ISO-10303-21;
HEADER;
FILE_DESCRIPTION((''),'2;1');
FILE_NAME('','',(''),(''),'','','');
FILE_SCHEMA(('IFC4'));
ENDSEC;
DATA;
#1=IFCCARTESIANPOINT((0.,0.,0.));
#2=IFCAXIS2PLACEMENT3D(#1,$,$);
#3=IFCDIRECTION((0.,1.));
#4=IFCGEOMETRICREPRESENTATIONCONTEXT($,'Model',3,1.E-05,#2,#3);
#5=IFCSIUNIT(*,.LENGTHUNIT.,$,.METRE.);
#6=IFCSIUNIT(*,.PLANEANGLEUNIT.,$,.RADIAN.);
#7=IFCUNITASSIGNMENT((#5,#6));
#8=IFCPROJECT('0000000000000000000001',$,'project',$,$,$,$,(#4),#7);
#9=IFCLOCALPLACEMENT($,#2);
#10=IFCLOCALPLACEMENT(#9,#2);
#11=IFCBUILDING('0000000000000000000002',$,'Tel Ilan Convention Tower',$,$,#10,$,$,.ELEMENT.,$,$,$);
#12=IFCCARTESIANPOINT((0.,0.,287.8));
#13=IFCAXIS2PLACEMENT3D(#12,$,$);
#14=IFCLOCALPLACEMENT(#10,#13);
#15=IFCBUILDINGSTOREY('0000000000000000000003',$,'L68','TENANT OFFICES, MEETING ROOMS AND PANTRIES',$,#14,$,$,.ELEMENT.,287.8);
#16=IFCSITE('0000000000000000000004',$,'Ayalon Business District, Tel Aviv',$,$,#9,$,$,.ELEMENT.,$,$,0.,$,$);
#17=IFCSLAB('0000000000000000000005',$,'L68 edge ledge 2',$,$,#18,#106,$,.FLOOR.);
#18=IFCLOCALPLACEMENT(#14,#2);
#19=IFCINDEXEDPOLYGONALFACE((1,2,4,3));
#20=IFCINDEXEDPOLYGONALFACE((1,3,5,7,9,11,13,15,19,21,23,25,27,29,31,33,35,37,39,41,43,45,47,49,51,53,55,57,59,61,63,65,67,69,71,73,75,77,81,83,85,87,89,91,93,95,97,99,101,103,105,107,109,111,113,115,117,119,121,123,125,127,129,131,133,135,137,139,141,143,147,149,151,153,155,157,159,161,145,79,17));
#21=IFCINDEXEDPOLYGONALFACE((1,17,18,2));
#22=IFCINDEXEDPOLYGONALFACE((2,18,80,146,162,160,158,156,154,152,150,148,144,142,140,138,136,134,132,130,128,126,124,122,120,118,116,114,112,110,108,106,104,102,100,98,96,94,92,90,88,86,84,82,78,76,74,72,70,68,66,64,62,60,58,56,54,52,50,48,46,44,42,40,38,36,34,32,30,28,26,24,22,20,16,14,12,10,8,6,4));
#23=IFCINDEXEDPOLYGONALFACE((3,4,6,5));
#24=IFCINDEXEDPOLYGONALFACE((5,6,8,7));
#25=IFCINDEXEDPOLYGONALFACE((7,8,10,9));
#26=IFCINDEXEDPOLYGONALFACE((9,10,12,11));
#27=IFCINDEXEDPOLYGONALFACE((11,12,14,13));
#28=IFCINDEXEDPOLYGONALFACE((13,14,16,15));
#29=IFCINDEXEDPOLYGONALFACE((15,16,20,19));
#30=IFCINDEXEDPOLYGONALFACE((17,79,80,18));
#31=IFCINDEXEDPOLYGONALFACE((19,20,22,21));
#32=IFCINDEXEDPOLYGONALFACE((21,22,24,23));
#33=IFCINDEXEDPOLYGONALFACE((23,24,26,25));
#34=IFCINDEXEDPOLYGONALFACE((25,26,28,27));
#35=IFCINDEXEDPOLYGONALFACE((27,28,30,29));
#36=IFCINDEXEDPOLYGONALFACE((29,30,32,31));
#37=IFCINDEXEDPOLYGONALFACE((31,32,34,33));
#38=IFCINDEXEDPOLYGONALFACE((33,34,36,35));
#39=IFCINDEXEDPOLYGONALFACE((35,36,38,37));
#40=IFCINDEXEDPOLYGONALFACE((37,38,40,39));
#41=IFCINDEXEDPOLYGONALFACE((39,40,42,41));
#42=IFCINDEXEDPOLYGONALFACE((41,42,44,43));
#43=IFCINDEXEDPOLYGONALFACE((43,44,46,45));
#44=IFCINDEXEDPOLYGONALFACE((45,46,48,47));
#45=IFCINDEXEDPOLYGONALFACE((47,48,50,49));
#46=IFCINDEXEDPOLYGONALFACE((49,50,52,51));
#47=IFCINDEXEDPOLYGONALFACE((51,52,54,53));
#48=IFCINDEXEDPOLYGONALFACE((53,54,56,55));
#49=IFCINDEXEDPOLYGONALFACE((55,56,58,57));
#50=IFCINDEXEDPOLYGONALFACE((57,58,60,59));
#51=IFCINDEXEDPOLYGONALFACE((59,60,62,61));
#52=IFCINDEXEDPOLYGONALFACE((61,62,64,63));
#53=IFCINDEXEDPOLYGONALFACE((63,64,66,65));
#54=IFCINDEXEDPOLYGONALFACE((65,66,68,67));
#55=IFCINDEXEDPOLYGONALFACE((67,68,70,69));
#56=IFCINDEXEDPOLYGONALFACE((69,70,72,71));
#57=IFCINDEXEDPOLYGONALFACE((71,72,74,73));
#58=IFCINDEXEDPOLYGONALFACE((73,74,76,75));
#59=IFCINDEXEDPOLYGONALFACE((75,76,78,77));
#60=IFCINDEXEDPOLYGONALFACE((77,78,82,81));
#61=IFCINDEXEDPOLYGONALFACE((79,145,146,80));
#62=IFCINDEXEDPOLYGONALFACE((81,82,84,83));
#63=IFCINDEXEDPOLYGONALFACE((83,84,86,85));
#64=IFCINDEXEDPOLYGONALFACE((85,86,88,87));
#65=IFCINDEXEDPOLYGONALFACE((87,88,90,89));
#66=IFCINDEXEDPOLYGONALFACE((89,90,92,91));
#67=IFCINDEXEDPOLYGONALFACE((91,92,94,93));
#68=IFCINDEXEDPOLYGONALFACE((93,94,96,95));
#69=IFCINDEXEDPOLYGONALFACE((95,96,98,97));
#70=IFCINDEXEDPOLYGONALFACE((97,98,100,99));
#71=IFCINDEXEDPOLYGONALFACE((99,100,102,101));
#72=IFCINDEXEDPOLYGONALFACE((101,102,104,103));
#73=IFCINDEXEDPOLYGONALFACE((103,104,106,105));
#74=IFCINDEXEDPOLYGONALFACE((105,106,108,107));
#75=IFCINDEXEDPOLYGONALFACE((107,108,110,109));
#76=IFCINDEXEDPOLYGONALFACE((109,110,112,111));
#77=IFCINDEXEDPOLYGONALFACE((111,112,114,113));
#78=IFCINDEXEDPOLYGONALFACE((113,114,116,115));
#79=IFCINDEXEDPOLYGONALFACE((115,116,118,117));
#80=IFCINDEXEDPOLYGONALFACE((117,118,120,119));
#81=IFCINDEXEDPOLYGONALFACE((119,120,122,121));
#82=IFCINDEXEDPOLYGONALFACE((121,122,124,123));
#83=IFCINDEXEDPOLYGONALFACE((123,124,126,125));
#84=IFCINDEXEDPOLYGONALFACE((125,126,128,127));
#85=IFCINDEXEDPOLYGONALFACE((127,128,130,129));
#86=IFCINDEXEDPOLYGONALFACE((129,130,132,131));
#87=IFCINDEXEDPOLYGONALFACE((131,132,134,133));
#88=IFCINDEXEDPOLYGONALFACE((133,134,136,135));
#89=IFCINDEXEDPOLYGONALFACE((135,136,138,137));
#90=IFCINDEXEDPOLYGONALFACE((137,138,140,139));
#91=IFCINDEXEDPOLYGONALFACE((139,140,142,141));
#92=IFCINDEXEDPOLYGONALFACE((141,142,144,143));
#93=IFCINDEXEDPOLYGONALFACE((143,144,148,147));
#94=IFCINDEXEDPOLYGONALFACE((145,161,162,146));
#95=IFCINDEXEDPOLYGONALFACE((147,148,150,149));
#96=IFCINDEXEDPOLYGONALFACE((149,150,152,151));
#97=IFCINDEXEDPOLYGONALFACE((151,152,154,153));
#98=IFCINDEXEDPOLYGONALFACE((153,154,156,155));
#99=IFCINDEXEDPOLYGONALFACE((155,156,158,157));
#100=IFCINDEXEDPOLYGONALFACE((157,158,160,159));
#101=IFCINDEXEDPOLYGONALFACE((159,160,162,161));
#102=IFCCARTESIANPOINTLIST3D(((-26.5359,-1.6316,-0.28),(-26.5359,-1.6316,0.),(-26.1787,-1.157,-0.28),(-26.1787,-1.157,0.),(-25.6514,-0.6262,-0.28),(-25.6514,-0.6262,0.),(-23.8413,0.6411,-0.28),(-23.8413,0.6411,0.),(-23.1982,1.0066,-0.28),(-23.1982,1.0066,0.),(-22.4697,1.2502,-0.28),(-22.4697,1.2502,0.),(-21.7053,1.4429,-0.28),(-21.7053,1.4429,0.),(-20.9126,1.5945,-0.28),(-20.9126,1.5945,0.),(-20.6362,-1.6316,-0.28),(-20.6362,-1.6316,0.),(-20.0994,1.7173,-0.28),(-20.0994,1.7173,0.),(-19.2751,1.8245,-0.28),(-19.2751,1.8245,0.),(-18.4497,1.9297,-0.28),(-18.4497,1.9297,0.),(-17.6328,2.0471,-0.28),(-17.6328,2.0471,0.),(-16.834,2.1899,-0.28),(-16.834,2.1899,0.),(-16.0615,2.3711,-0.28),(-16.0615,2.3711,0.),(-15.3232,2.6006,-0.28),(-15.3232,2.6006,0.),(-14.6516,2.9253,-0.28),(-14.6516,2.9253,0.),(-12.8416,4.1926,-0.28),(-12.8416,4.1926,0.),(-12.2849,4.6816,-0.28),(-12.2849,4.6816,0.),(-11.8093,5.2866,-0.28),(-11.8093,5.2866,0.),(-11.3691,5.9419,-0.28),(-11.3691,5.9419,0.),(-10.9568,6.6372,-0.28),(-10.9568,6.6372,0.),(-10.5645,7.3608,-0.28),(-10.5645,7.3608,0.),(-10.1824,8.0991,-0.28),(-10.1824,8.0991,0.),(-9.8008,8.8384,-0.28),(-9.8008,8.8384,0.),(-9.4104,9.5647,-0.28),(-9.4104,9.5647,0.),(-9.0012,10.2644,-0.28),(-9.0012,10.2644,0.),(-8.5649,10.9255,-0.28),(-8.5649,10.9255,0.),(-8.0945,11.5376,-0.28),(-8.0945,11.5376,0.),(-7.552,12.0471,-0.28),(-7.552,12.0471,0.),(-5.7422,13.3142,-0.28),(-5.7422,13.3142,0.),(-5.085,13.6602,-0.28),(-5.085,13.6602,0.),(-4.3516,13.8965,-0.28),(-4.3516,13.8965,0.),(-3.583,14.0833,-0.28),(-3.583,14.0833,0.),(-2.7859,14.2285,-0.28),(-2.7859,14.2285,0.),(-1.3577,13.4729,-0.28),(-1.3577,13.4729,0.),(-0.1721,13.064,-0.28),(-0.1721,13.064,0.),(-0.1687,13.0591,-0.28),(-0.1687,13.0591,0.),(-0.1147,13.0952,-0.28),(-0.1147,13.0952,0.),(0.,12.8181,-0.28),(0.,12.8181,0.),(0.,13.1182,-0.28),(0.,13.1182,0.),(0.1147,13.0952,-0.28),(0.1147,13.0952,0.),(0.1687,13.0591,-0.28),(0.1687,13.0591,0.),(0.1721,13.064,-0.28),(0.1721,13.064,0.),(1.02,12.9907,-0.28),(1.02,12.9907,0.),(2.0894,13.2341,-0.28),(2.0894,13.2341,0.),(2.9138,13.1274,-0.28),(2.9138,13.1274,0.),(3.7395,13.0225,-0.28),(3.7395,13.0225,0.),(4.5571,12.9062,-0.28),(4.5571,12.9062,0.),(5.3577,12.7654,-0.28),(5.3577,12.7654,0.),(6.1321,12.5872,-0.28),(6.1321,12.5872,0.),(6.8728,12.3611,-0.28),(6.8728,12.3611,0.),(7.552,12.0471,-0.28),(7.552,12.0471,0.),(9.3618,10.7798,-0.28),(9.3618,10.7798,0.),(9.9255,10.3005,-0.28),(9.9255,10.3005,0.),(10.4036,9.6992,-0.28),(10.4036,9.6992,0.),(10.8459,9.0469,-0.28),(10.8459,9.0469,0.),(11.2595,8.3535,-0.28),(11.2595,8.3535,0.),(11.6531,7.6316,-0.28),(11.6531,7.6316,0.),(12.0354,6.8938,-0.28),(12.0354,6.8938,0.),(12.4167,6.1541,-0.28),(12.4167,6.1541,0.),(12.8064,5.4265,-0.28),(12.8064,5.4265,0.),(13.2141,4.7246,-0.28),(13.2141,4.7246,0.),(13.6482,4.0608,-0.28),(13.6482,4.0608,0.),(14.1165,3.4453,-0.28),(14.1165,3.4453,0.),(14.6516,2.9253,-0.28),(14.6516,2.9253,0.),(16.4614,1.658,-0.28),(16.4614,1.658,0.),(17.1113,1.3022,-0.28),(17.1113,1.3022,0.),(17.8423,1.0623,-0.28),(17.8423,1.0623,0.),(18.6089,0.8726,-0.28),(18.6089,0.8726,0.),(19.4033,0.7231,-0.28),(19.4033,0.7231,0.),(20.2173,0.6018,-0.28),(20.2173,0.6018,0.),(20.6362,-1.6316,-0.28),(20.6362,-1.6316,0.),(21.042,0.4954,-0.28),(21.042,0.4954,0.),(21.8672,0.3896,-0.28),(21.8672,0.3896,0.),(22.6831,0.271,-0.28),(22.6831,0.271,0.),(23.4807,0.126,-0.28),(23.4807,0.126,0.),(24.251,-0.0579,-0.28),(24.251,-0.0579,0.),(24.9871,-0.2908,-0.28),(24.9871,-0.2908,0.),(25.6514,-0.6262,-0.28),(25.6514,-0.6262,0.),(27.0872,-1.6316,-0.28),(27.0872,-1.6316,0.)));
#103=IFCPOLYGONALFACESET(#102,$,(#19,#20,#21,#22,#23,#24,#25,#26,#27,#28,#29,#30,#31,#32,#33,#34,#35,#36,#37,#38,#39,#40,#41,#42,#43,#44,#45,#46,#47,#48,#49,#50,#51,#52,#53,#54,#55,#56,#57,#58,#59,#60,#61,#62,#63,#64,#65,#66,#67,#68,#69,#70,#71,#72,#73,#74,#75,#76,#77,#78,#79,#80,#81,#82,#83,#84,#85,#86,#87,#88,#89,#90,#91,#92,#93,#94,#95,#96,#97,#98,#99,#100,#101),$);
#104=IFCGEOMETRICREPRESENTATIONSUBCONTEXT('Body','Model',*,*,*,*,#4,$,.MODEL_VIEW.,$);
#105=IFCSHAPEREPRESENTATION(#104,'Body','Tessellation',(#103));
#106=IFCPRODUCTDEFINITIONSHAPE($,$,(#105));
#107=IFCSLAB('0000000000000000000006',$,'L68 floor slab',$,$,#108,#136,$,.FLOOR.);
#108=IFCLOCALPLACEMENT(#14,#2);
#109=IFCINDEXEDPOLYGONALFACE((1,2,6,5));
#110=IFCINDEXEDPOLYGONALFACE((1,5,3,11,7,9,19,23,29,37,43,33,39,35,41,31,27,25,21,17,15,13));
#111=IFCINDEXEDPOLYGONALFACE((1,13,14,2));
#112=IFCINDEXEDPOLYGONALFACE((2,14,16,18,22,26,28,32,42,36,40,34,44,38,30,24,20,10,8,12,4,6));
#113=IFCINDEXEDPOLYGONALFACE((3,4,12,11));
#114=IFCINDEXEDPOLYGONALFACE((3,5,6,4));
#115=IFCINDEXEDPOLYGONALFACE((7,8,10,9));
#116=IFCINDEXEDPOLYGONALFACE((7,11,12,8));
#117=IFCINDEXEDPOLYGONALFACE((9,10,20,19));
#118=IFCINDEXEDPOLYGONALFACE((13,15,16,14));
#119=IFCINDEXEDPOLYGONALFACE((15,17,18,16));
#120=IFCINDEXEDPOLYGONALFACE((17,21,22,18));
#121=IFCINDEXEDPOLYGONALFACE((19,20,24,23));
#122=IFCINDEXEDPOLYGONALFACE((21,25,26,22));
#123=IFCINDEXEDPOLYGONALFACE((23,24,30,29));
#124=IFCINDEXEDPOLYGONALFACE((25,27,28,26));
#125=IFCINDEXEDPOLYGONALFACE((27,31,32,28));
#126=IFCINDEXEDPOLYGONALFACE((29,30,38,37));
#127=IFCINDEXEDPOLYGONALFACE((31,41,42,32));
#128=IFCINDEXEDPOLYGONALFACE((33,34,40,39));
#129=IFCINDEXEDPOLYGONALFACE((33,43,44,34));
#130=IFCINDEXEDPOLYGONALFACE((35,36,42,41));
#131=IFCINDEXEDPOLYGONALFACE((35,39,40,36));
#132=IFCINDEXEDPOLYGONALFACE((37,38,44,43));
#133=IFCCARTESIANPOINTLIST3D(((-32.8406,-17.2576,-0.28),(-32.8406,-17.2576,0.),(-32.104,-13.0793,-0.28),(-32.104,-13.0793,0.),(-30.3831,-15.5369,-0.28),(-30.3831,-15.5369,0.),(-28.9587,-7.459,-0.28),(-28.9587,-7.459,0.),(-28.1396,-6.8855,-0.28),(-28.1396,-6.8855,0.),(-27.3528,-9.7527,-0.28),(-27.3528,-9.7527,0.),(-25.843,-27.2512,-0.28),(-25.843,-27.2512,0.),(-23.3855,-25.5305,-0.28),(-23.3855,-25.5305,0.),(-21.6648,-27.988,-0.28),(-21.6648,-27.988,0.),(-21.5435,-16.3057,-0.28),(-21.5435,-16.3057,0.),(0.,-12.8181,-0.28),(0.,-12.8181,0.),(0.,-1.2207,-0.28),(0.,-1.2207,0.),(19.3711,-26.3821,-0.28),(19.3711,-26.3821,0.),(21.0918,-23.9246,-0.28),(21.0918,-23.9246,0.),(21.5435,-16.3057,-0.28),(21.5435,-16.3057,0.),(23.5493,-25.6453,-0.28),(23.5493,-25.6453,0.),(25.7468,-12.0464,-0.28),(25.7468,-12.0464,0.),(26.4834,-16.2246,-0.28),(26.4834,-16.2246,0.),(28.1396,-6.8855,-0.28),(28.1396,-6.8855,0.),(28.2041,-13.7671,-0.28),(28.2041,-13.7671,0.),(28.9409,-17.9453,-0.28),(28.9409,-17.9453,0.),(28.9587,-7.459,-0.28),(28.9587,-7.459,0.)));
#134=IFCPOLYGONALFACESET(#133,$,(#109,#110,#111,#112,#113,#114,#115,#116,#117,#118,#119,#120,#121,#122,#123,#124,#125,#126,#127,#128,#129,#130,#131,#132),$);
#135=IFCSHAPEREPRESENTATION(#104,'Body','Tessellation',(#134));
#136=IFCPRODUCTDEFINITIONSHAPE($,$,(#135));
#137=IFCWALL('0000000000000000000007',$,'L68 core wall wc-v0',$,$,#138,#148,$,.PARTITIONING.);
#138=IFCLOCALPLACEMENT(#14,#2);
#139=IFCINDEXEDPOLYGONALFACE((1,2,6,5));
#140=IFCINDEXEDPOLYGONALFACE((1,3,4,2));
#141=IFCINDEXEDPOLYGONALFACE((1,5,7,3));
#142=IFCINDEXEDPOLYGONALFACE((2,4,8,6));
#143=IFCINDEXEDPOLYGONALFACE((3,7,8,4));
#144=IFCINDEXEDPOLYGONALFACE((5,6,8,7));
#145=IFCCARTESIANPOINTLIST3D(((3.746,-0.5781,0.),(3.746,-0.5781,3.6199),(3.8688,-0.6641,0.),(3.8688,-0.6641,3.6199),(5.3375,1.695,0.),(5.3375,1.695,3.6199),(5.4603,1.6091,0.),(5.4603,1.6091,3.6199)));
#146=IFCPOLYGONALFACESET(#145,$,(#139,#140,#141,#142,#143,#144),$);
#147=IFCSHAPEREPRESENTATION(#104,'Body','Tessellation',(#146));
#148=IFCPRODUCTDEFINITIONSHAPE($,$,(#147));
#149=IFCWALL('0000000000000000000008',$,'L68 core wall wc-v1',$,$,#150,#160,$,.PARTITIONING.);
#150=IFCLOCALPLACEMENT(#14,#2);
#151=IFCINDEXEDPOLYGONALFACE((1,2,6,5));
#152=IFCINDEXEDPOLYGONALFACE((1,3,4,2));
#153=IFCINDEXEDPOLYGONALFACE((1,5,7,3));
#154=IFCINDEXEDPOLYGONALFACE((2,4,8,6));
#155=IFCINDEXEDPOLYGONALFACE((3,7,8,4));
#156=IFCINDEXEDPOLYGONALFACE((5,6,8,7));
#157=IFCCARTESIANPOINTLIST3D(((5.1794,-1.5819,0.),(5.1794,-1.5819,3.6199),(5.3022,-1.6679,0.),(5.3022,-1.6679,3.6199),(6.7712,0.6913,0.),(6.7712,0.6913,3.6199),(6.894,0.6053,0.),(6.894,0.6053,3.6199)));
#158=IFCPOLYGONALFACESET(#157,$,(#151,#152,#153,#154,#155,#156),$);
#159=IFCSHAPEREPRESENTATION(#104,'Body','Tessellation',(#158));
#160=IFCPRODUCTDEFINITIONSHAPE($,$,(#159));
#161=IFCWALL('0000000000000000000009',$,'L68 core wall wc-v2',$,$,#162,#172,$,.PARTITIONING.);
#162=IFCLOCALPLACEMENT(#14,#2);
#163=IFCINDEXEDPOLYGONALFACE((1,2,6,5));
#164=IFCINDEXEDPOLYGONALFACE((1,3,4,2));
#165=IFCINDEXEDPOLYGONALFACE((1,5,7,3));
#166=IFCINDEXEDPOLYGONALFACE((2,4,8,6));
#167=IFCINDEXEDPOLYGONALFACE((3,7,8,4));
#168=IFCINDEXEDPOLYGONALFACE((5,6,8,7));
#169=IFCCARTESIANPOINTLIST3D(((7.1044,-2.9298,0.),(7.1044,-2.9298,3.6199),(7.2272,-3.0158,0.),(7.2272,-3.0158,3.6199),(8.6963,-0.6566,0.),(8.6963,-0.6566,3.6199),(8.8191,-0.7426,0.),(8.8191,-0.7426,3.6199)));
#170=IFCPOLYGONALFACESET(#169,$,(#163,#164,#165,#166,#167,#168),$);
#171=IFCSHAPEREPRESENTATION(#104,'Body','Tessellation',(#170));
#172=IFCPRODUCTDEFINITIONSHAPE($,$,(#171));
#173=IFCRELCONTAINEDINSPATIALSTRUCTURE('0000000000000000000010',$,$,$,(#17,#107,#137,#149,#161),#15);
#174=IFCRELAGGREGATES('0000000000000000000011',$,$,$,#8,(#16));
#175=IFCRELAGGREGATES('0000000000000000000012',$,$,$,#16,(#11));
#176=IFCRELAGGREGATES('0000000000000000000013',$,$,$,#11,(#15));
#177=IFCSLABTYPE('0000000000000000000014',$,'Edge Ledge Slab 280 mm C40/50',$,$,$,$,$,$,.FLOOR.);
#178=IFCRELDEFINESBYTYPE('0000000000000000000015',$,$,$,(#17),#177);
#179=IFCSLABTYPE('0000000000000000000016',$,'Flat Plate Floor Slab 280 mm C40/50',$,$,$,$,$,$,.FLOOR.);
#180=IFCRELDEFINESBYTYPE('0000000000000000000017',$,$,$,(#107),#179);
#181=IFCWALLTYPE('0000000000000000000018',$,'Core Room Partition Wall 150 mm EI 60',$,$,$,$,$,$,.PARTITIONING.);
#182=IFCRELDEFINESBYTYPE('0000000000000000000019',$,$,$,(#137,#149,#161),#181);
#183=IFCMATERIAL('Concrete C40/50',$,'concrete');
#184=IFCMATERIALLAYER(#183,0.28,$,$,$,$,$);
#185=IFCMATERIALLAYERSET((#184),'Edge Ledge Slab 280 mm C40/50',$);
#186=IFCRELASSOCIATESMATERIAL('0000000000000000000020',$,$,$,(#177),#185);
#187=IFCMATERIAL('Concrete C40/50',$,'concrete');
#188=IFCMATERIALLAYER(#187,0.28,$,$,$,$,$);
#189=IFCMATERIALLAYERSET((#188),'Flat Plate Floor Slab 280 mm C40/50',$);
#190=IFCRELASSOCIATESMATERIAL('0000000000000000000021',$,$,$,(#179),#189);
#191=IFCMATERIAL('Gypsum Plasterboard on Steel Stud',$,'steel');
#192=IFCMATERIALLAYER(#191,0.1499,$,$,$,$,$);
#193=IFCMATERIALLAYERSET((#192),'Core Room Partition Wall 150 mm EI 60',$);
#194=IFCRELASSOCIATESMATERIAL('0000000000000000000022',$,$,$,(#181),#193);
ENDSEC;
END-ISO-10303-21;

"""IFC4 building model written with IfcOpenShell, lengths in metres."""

from ifc_helpers import new_model, si_unit, direction, frame, frame_2d, origin, place, context, subcontext, project, spatial, polyline, rectangle, outline, extrude, material, layer, layer_set, type_object, element, save


model = new_model("IFC4")

# Units and contexts
model_context = context("Model", 3, precision=1e-05, world=origin(), true_north=direction((0.0, 1.0)))
body_context = subcontext(model_context, "Body", "Model", "MODEL_VIEW")
ifc_project = project(units=[si_unit("LENGTHUNIT", "METRE"), si_unit("PLANEANGLEUNIT", "RADIAN")], contexts=[model_context])

# Site, building, storey
site_placement = place(None, origin())
site = spatial("IfcSite", under=ifc_project, at=site_placement, Name="Ayalon Business District, Tel Aviv", CompositionType="ELEMENT", RefElevation=0.0)
building_placement = place(site_placement, origin())
building = spatial("IfcBuilding", under=site, at=building_placement, Name="Tel Ilan Convention Tower", CompositionType="ELEMENT")
storey_placement = place(building_placement, frame((0.0, 0.0, 287.8)))
storey = spatial("IfcBuildingStorey", under=building, at=storey_placement, Name="L68", Description="TENANT OFFICES, MEETING ROOMS AND PANTRIES", CompositionType="ELEMENT", Elevation=287.8)

# Slabs
ifc_material_1 = material(Name="Concrete C40/50", Category="concrete")
ifc_layer_1 = layer(ifc_material_1, 0.28)
ifc_layer_set_1 = layer_set([ifc_layer_1], Name="Edge Ledge Slab 280 mm C40/50")
slab_type_1 = type_object("IfcSlabType", Name="Edge Ledge Slab 280 mm C40/50", PredefinedType="FLOOR", material=ifc_layer_set_1)
slab_1_placement = place(storey_placement, frame((0.0, 0.0, -0.28)))
element("IfcSlab", 1, at=slab_1_placement, inside=storey, type_object=slab_type_1, Name="L68 edge ledge 2", PredefinedType="FLOOR", context=body_context, shape_type="SweptSolid", body=[
    extrude(outline(polyline([(-23.1982, 1.0066), (-22.4697, 1.2502), (-21.7053, 1.4429), (-20.9126, 1.5945), (-20.0994, 1.7173), (-19.2751, 1.8245), (-18.4497, 1.9297), (-17.6328, 2.0471), (-16.834, 2.1899), (-16.0615, 2.3711), (-15.3232, 2.6006), (-14.6516, 2.9253), (-12.8416, 4.1926), (-12.2849, 4.6816), (-11.8093, 5.2866), (-11.3691, 5.9419), (-10.9568, 6.6372), (-10.5645, 7.3608), (-10.1824, 8.0991), (-9.8008, 8.8384), (-9.4104, 9.5647), (-9.0012, 10.2644), (-8.5649, 10.9255), (-8.0945, 11.5376), (-7.552, 12.0471), (-5.7422, 13.3142), (-5.085, 13.6602), (-4.3516, 13.8965), (-3.583, 14.0833), (-2.7859, 14.2285), (-1.3577, 13.4729), (-0.1721, 13.064), (-0.1687, 13.0591), (-0.1147, 13.0952), (0.0, 13.1182), (0.1147, 13.0952), (0.1687, 13.0591), (0.1721, 13.064), (1.02, 12.9907), (2.0894, 13.2341), (2.9138, 13.1274), (3.7395, 13.0225), (4.5571, 12.9062), (5.3577, 12.7654), (6.1321, 12.5872), (6.8728, 12.3611), (7.552, 12.0471), (9.3618, 10.7798), (9.9255, 10.3005), (10.4036, 9.6992), (10.8459, 9.0469), (11.2595, 8.3535), (11.6531, 7.6316), (12.0354, 6.8938), (12.4167, 6.1541), (12.8064, 5.4265), (13.2141, 4.7246), (13.6482, 4.0608), (14.1165, 3.4453), (14.6516, 2.9253), (16.4614, 1.658), (17.1113, 1.3022), (17.8423, 1.0623), (18.6089, 0.8726), (19.4033, 0.7231), (20.2173, 0.6018), (21.042, 0.4954), (21.8672, 0.3896), (22.6831, 0.271), (23.4807, 0.126), (24.251, -0.0579), (24.9871, -0.2908), (25.6514, -0.6262), (27.0872, -1.6316), (20.6362, -1.6316), (0.0, 12.8181), (-20.6362, -1.6316), (-26.5359, -1.6316), (-26.1787, -1.157), (-25.6514, -0.6262), (-23.8413, 0.6411), (-23.1982, 1.0066)])), origin(), (0.0, 0.0, 1.0), 0.28),
])
ifc_material_2 = material(Name="Concrete C40/50", Category="concrete")
ifc_layer_2 = layer(ifc_material_2, 0.28)
ifc_layer_set_2 = layer_set([ifc_layer_2], Name="Flat Plate Floor Slab 280 mm C40/50")
slab_type_2 = type_object("IfcSlabType", Name="Flat Plate Floor Slab 280 mm C40/50", PredefinedType="FLOOR", material=ifc_layer_set_2)
slab_2_placement = place(storey_placement, frame((0.0, 0.0, -0.28)))
element("IfcSlab", 2, at=slab_2_placement, inside=storey, type_object=slab_type_2, Name="L68 floor slab", PredefinedType="FLOOR", context=body_context, shape_type="SweptSolid", body=[
    extrude(outline(polyline([(-21.5435, -16.3057), (0.0, -1.2207), (21.5435, -16.3057), (28.1396, -6.8855), (28.9587, -7.459), (25.7468, -12.0464), (28.2041, -13.7671), (26.4834, -16.2246), (28.9409, -17.9453), (23.5493, -25.6453), (21.0918, -23.9246), (19.3711, -26.3821), (0.0, -12.8181), (-21.6648, -27.988), (-23.3855, -25.5305), (-25.843, -27.2512), (-32.8406, -17.2576), (-30.3831, -15.5369), (-32.104, -13.0793), (-27.3528, -9.7527), (-28.9587, -7.459), (-28.1396, -6.8855), (-21.5435, -16.3057)])), origin(), (0.0, 0.0, 1.0), 0.28),
])

# Walls
ifc_material_3 = material(Name="Gypsum Plasterboard on Steel Stud", Category="steel")
ifc_layer_3 = layer(ifc_material_3, 0.1499)
ifc_layer_set_3 = layer_set([ifc_layer_3], Name="Core Room Partition Wall 150 mm EI 60")
wall_type_1 = type_object("IfcWallType", Name="Core Room Partition Wall 150 mm EI 60", PredefinedType="PARTITIONING", material=ifc_layer_set_3)
wall_1_placement = place(storey_placement, frame((3.8074, -0.6211, 0.0), z_axis=(0.0, 0.0, 1.0), x_axis=(0.573539, 0.819178, 0.0)))
element("IfcWall", 3, at=wall_1_placement, inside=storey, type_object=wall_type_1, Name="L68 core wall wc-v0", PredefinedType="PARTITIONING", context=body_context, shape_type="SweptSolid", body=[
    extrude(rectangle(XDim=2.7749, YDim=0.1499, at=frame_2d((1.3875, 0.0))), origin(), (0.0, 0.0, 1.0), 3.6199),
])
for number, where, z_axis, x_axis, name in (
    (4, (5.2407, -1.625, 0.0), (0.0, 0.0, 1.0), (0.573598, 0.819137, 0.0), "L68 core wall wc-v1"),
    (5, (7.1658, -2.9729, 0.0), (0.0, 0.0, 1.0), (0.573598, 0.819137, 0.0), "L68 core wall wc-v2"),
):
    element("IfcWall", number, at=place(storey_placement, frame(where, z_axis=z_axis, x_axis=x_axis)), inside=storey, type_object=wall_type_1, Name=name, PredefinedType="PARTITIONING", context=body_context, shape_type="SweptSolid", body=[
        extrude(rectangle(XDim=2.7751, YDim=0.1499, at=frame_2d((1.3877, 0.0))), origin(), (0.0, 0.0, 1.0), 3.6199),
    ])

save(model, "model.ifc")
